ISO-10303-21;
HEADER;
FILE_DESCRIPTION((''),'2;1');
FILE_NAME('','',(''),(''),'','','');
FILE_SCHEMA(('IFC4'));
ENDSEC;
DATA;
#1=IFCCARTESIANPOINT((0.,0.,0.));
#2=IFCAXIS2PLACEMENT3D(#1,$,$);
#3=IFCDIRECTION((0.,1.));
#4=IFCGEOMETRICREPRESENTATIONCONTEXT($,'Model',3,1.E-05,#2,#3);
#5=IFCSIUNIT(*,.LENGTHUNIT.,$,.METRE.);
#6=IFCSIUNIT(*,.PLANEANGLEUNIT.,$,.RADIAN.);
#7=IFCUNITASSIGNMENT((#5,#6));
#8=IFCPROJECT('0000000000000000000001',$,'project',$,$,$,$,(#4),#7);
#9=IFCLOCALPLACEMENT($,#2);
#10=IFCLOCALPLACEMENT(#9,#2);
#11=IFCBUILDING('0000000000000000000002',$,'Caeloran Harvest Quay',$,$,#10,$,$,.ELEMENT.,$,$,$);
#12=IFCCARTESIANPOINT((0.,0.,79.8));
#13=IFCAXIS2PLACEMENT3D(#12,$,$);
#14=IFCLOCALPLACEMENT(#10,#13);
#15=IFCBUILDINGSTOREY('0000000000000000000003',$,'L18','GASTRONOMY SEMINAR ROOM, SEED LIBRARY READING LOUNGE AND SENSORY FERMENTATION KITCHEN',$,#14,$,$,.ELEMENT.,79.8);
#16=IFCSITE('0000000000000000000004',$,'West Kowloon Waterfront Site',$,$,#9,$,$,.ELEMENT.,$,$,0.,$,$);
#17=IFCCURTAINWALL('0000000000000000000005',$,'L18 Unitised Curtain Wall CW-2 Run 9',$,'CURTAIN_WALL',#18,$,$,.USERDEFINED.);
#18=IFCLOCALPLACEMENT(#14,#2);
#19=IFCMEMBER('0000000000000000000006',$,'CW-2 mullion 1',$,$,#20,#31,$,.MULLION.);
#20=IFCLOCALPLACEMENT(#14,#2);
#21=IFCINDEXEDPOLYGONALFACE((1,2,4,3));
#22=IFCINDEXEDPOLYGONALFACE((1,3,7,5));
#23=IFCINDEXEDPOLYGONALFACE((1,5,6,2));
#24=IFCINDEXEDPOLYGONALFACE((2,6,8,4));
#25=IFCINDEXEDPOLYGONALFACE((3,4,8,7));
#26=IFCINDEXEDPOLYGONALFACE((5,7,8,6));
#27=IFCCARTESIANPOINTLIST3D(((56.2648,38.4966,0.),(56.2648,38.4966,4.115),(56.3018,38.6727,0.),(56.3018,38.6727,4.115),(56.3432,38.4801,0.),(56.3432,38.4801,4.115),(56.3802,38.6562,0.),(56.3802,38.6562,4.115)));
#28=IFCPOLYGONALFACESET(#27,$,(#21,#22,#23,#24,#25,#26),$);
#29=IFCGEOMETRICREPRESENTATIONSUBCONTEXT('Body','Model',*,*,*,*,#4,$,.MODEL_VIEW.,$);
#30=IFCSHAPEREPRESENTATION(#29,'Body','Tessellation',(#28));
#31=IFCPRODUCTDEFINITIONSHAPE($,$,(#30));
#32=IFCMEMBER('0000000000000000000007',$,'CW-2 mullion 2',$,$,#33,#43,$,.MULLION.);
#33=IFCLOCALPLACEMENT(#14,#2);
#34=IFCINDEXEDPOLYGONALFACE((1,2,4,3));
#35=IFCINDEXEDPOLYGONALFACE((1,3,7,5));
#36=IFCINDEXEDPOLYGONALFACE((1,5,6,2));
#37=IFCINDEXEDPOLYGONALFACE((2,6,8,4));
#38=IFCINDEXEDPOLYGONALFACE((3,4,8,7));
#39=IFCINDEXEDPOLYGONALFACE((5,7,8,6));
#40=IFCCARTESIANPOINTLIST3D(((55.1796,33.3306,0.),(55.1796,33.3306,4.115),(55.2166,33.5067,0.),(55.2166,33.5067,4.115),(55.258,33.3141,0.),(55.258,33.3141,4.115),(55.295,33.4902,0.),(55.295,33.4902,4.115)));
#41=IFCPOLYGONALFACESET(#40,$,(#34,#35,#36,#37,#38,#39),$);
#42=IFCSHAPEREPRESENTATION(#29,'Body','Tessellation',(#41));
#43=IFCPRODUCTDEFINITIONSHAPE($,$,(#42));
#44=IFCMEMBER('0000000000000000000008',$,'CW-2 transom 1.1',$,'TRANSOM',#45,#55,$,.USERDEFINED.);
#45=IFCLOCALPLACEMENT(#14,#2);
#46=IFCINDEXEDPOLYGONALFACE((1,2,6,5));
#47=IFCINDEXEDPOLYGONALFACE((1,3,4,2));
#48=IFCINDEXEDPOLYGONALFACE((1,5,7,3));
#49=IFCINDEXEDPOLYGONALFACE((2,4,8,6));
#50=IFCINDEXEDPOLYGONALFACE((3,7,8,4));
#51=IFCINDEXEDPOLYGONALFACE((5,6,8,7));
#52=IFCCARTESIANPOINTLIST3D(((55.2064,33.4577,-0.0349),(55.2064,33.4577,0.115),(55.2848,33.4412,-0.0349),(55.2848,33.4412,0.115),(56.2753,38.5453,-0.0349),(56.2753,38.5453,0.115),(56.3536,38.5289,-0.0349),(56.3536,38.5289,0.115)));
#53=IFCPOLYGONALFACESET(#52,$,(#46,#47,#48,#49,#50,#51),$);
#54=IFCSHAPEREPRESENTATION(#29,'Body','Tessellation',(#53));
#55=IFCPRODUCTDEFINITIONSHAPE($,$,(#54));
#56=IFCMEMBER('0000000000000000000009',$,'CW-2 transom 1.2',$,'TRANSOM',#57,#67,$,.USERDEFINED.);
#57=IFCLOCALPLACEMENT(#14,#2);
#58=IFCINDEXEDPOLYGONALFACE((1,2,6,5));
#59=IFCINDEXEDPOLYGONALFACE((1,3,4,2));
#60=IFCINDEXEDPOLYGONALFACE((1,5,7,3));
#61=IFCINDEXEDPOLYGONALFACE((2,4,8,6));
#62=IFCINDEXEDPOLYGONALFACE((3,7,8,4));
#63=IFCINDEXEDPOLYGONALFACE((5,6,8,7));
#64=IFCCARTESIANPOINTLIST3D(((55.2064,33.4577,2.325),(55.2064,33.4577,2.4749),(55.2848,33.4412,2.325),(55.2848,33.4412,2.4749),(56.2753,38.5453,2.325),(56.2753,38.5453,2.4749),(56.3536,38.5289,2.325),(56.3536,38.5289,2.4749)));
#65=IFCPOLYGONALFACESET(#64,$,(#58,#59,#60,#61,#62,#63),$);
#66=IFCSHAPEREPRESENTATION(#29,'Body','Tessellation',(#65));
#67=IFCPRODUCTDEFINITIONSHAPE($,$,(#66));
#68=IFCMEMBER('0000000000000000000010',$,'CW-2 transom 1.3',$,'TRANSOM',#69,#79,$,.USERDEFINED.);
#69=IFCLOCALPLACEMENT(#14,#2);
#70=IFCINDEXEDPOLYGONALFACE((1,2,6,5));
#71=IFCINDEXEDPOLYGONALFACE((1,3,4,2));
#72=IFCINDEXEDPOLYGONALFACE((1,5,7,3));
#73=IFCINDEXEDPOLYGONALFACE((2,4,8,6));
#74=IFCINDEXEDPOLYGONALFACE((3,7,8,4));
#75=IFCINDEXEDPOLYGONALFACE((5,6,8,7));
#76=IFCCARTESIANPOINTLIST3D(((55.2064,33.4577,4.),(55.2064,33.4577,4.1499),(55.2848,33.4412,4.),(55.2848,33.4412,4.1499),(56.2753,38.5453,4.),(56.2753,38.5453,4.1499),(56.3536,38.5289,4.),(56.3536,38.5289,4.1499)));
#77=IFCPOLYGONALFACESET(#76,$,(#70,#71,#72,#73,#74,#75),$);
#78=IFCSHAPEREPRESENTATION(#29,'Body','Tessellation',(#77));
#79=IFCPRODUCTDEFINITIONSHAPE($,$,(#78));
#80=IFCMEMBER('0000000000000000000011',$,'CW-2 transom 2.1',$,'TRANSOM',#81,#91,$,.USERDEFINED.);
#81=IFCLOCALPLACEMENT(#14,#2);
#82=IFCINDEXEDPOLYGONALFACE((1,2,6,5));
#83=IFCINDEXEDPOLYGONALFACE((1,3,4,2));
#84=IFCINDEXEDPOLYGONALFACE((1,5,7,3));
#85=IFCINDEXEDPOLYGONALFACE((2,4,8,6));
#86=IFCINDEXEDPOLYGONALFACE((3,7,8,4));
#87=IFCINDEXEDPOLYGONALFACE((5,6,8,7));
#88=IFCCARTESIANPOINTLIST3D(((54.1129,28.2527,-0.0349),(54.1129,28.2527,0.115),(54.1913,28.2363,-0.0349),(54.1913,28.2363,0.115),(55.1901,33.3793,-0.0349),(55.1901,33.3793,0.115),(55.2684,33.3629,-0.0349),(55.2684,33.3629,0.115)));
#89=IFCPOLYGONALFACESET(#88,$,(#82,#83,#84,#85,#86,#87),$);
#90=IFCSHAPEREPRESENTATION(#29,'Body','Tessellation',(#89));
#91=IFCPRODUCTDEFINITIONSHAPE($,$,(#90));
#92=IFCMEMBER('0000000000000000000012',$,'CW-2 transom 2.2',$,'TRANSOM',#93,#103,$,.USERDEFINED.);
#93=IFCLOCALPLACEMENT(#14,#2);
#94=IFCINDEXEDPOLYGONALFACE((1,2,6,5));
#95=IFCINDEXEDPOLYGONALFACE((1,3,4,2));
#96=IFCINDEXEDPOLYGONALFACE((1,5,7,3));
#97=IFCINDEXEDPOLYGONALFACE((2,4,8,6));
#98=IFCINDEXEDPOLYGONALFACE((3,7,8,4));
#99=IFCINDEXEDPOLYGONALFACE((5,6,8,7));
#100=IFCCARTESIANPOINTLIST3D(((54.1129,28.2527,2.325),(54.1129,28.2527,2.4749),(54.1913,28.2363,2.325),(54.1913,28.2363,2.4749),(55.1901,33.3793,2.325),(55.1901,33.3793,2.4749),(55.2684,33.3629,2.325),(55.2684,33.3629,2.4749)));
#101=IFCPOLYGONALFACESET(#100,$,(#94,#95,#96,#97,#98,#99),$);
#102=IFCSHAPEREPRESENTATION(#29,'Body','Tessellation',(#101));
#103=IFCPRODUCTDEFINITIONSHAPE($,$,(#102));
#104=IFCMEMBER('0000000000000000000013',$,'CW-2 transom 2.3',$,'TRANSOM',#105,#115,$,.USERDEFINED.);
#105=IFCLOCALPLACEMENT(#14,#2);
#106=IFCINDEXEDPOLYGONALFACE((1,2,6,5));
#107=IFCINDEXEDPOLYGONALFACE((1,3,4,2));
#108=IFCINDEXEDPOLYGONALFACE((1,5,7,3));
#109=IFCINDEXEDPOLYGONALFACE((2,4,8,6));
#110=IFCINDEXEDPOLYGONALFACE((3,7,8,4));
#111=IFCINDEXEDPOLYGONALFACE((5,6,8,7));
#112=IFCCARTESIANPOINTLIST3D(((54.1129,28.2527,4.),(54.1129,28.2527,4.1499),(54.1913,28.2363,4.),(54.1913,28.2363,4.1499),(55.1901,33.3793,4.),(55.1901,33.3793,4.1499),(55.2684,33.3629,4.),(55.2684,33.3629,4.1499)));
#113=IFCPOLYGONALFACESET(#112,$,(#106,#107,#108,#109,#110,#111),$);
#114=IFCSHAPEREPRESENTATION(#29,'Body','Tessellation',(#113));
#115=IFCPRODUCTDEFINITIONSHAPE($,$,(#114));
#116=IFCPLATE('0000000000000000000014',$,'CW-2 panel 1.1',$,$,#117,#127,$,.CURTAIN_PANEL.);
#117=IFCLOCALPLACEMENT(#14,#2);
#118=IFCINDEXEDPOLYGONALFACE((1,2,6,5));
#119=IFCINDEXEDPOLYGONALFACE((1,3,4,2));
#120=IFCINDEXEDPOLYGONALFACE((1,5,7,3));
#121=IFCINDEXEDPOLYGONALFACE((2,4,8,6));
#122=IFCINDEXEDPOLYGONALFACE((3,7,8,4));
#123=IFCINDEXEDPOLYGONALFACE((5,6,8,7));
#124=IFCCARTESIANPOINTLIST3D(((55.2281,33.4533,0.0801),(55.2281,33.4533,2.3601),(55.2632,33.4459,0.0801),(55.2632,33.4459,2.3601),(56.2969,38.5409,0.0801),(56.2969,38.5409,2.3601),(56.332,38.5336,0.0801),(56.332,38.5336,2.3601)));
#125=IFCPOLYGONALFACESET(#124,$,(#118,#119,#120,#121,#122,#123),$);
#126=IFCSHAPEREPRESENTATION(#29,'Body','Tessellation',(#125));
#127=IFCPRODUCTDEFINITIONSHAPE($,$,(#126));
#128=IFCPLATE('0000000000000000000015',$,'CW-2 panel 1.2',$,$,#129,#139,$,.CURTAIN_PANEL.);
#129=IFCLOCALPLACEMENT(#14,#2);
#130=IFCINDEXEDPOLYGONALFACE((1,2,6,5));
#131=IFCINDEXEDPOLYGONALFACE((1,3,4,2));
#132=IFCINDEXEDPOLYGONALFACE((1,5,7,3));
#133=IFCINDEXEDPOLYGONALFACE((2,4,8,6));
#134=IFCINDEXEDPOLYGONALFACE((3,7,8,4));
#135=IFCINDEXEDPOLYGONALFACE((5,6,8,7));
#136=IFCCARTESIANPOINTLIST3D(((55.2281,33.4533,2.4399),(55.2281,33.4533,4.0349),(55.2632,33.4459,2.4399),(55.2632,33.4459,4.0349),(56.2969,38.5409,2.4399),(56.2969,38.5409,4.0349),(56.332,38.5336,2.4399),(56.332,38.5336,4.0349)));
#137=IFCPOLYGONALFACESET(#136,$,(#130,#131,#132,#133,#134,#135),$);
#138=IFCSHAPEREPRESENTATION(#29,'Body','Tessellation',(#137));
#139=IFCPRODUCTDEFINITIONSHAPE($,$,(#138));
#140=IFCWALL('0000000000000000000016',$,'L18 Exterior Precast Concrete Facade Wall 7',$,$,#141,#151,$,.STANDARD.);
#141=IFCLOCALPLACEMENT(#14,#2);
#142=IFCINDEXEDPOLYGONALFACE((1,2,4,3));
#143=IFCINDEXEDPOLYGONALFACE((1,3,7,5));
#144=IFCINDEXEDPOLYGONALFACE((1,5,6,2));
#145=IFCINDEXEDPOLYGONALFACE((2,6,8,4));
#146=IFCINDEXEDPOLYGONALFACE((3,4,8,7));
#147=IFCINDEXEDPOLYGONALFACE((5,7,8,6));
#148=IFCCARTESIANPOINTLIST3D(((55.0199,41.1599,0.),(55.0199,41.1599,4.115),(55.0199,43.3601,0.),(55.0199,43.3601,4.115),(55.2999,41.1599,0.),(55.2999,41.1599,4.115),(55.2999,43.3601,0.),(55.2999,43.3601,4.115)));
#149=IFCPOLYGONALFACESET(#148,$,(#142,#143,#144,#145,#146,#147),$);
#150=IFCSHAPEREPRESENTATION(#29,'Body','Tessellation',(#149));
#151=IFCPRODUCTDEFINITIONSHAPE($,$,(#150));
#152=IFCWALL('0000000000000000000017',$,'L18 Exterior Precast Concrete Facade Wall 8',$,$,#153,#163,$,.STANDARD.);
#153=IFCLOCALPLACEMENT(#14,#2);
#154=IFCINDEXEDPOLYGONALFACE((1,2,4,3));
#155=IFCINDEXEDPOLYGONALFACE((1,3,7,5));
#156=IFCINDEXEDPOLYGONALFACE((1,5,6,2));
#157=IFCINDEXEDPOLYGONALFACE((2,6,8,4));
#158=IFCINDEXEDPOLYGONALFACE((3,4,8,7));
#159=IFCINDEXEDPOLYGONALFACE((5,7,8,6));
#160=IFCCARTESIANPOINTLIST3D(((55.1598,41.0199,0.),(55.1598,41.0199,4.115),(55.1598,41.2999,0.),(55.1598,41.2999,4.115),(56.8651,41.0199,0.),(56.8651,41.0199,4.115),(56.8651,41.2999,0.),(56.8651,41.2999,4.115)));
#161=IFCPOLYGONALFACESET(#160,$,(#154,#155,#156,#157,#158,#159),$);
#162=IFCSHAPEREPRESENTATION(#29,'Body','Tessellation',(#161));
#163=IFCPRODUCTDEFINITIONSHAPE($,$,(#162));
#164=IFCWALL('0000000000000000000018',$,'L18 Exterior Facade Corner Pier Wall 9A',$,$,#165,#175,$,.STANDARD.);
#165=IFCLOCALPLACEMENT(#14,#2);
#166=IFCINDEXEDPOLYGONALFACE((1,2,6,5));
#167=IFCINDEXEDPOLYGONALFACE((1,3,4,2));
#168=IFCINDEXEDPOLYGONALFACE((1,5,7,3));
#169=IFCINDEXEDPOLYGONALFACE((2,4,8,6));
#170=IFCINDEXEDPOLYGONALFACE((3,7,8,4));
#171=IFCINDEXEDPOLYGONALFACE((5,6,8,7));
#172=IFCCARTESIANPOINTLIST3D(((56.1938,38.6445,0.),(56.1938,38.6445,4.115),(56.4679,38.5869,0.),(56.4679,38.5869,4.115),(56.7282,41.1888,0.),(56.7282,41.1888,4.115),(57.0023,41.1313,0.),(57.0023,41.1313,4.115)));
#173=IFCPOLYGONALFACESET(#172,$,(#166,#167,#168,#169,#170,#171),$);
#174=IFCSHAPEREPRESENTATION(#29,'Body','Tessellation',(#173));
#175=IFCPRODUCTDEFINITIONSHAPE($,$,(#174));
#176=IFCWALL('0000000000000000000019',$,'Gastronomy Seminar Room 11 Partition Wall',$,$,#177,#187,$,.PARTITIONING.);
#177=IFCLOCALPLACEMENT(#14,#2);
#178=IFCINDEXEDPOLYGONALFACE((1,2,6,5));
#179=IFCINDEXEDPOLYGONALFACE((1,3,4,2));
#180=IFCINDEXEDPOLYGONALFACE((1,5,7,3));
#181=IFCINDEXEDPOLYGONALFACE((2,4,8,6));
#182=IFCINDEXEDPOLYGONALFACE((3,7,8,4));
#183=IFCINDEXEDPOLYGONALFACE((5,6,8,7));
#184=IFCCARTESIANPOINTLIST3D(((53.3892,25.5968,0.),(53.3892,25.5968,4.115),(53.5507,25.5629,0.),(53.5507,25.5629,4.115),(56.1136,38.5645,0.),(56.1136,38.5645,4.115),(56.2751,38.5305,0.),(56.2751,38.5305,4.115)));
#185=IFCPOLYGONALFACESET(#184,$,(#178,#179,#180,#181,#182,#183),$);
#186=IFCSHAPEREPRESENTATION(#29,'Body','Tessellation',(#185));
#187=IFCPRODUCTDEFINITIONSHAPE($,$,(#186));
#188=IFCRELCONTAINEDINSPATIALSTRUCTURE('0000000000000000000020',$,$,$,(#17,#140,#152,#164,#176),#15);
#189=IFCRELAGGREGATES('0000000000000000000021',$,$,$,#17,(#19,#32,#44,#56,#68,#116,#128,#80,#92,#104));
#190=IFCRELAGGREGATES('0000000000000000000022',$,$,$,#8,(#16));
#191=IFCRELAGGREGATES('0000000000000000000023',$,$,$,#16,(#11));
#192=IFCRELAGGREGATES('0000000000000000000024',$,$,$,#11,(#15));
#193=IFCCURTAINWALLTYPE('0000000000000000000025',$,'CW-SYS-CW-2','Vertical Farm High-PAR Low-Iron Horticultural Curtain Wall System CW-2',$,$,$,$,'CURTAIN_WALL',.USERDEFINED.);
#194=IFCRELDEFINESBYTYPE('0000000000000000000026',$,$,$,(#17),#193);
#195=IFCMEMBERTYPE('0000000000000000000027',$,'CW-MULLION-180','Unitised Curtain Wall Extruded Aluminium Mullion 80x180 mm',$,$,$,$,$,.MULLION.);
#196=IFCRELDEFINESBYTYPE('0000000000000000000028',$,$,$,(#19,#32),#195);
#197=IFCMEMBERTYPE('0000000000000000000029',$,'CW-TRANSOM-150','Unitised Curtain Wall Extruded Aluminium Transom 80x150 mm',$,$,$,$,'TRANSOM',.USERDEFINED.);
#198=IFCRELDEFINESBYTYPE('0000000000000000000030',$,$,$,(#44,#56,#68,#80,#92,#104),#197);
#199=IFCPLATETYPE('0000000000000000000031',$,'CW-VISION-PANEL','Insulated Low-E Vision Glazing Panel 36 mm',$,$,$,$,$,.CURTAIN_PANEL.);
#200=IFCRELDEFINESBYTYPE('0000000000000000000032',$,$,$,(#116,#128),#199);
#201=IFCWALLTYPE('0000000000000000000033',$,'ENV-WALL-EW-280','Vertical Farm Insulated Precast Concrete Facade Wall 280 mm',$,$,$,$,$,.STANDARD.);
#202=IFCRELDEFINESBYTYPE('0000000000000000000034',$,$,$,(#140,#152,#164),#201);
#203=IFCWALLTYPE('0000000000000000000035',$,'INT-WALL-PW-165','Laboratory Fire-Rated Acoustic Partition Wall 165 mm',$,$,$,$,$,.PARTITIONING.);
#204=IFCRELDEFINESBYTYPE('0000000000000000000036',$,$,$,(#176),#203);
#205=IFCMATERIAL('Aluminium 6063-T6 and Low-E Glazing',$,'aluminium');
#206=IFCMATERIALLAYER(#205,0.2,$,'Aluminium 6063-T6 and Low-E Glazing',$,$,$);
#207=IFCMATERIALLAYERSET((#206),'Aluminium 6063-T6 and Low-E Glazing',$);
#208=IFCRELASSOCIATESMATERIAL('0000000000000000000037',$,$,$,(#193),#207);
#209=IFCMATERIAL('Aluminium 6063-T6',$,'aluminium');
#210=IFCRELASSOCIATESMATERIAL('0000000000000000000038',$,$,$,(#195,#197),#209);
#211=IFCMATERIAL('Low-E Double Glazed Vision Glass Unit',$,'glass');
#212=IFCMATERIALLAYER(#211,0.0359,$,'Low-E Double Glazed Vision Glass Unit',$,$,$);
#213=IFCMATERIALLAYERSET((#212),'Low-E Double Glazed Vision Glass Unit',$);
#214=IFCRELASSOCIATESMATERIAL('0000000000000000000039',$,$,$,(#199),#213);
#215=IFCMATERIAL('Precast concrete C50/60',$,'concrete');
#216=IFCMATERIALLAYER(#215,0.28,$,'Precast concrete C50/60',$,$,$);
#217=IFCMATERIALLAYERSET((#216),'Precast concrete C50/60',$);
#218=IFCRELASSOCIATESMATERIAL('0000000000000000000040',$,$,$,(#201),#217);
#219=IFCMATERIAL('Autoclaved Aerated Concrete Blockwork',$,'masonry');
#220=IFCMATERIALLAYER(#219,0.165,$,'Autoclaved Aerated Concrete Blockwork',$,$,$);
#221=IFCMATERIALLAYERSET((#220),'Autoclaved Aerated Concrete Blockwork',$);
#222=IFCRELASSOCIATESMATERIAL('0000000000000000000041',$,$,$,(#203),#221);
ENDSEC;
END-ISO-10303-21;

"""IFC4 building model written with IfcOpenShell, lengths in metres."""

from ifc_helpers import new_model, si_unit, direction, frame, frame_2d, origin, origin_2d, place, context, subcontext, project, spatial, rectangle, extrude, material, layer, layer_set, material_profile, profile_set, type_object, element, aggregate, save


model = new_model("IFC4")

# Units and contexts
model_context = context("Model", 3, precision=1e-05, world=origin(), true_north=direction((0.0, 1.0)))
body_context = subcontext(model_context, "Body", "Model", "MODEL_VIEW")
ifc_project = project(units=[si_unit("LENGTHUNIT", "METRE"), si_unit("PLANEANGLEUNIT", "RADIAN")], contexts=[model_context])

# Site, building, storey
site_placement = place(None, origin())
site = spatial("IfcSite", under=ifc_project, at=site_placement, Name="West Kowloon Waterfront Site", CompositionType="ELEMENT", RefElevation=0.0)
building_placement = place(site_placement, origin())
building = spatial("IfcBuilding", under=site, at=building_placement, Name="Caeloran Harvest Quay", CompositionType="ELEMENT")
storey_placement = place(building_placement, frame((0.0, 0.0, 79.8)))
storey = spatial("IfcBuildingStorey", under=building, at=storey_placement, Name="L18", Description="GASTRONOMY SEMINAR ROOM, SEED LIBRARY READING LOUNGE AND SENSORY FERMENTATION KITCHEN", CompositionType="ELEMENT", Elevation=79.8)

# Curtain wall, members, plates
ifc_material_1 = material(Name="Aluminium 6063-T6 and Low-E Glazing", Category="aluminium")
ifc_layer_1 = layer(ifc_material_1, 0.2, Name="Aluminium 6063-T6 and Low-E Glazing")
ifc_layer_set_1 = layer_set([ifc_layer_1], Name="Aluminium 6063-T6 and Low-E Glazing")
curtain_wall_type = type_object("IfcCurtainWallType", Name="CW-SYS-CW-2", Description="Vertical Farm High-PAR Low-Iron Horticultural Curtain Wall System CW-2", ElementType="CURTAIN_WALL", PredefinedType="USERDEFINED", material=ifc_layer_set_1)
curtain_wall_placement = place(storey_placement, origin())
curtain_wall = element("IfcCurtainWall", 1, at=curtain_wall_placement, inside=storey, type_object=curtain_wall_type, Name="L18 Unitised Curtain Wall CW-2 Run 9", ObjectType="CURTAIN_WALL", PredefinedType="USERDEFINED")
ifc_material_2 = material(Name="Aluminium 6063-T6", Category="aluminium")
ifc_material_profile_1 = material_profile(ifc_material_2, rectangle(XDim=0.0801, YDim=0.1799, at=origin_2d()), Name="CW-MULLION-180")
ifc_profile_set_1 = profile_set([ifc_material_profile_1], Name="Aluminium 6063-T6")
member_type_1 = type_object("IfcMemberType", Name="CW-MULLION-180", Description="Unitised Curtain Wall Extruded Aluminium Mullion 80x180 mm", PredefinedType="MULLION", material=ifc_profile_set_1)
member_1_placement = place(storey_placement, frame((56.3225, 38.5764, 0.0), z_axis=(0.0, 0.0, 1.0), x_axis=(0.97864, -0.205583, 0.0)))
member_1 = element("IfcMember", 2, at=member_1_placement, type_object=member_type_1, Name="CW-2 mullion 1", PredefinedType="MULLION", context=body_context, shape_type="SweptSolid", body=[
    extrude(rectangle(XDim=0.0801, YDim=0.1799, at=origin_2d()), origin(), (0.0, 0.0, 1.0), 4.115),
])
member_2_placement = place(storey_placement, frame((55.2373, 33.4104, 0.0), z_axis=(0.0, 0.0, 1.0), x_axis=(0.97864, -0.205583, 0.0)))
member_2 = element("IfcMember", 3, at=member_2_placement, type_object=member_type_1, Name="CW-2 mullion 2", PredefinedType="MULLION", context=body_context, shape_type="SweptSolid", body=[
    extrude(rectangle(XDim=0.0801, YDim=0.1799, at=origin_2d()), origin(), (0.0, 0.0, 1.0), 4.115),
])
ifc_material_profile_2 = material_profile(ifc_material_2, rectangle(XDim=0.0801, YDim=0.1499, at=origin_2d()), Name="CW-TRANSOM-150")
ifc_profile_set_2 = profile_set([ifc_material_profile_2], Name="Aluminium 6063-T6")
member_type_2 = type_object("IfcMemberType", Name="CW-TRANSOM-150", Description="Unitised Curtain Wall Extruded Aluminium Transom 80x150 mm", ElementType="TRANSOM", PredefinedType="USERDEFINED", material=ifc_profile_set_2)
member_3_placement = place(storey_placement, frame((56.3145, 38.5371, 0.04), z_axis=(-0.205599, -0.978636, 0.0), x_axis=(0.978636, -0.205599, 0.0)))
member_3 = element("IfcMember", 4, at=member_3_placement, type_object=member_type_2, Name="CW-2 transom 1.1", ObjectType="TRANSOM", PredefinedType="USERDEFINED", context=body_context, shape_type="SweptSolid", body=[
    extrude(rectangle(XDim=0.0801, YDim=0.1499, at=origin_2d()), origin(), (0.0, 0.0, 1.0), 5.1987),
])
member_4_placement = place(storey_placement, frame((56.3145, 38.5371, 2.3999), z_axis=(-0.205599, -0.978636, 0.0), x_axis=(0.978636, -0.205599, 0.0)))
member_4 = element("IfcMember", 5, at=member_4_placement, type_object=member_type_2, Name="CW-2 transom 1.2", ObjectType="TRANSOM", PredefinedType="USERDEFINED", context=body_context, shape_type="SweptSolid", body=[
    extrude(rectangle(XDim=0.0801, YDim=0.1499, at=origin_2d()), origin(), (0.0, 0.0, 1.0), 5.1987),
])
member_5_placement = place(storey_placement, frame((56.3145, 38.5371, 4.075), z_axis=(-0.205599, -0.978636, 0.0), x_axis=(0.978636, -0.205599, 0.0)))
member_5 = element("IfcMember", 6, at=member_5_placement, type_object=member_type_2, Name="CW-2 transom 1.3", ObjectType="TRANSOM", PredefinedType="USERDEFINED", context=body_context, shape_type="SweptSolid", body=[
    extrude(rectangle(XDim=0.0801, YDim=0.1499, at=origin_2d()), origin(), (0.0, 0.0, 1.0), 5.1987),
])
member_6_placement = place(storey_placement, frame((55.2292, 33.3711, 0.04), z_axis=(-0.205616, -0.978633, 0.0), x_axis=(0.978633, -0.205616, 0.0)))
member_6 = element("IfcMember", 7, at=member_6_placement, type_object=member_type_2, Name="CW-2 transom 2.1", ObjectType="TRANSOM", PredefinedType="USERDEFINED", context=body_context, shape_type="SweptSolid", body=[
    extrude(rectangle(XDim=0.0801, YDim=0.1499, at=origin_2d()), origin(), (0.0, 0.0, 1.0), 5.2385),
])
member_7_placement = place(storey_placement, frame((55.2292, 33.3711, 2.3999), z_axis=(-0.205616, -0.978633, 0.0), x_axis=(0.978633, -0.205616, 0.0)))
member_7 = element("IfcMember", 8, at=member_7_placement, type_object=member_type_2, Name="CW-2 transom 2.2", ObjectType="TRANSOM", PredefinedType="USERDEFINED", context=body_context, shape_type="SweptSolid", body=[
    extrude(rectangle(XDim=0.0801, YDim=0.1499, at=origin_2d()), origin(), (0.0, 0.0, 1.0), 5.2385),
])
member_8_placement = place(storey_placement, frame((55.2292, 33.3711, 4.075), z_axis=(-0.205616, -0.978633, 0.0), x_axis=(0.978633, -0.205616, 0.0)))
member_8 = element("IfcMember", 9, at=member_8_placement, type_object=member_type_2, Name="CW-2 transom 2.3", ObjectType="TRANSOM", PredefinedType="USERDEFINED", context=body_context, shape_type="SweptSolid", body=[
    extrude(rectangle(XDim=0.0801, YDim=0.1499, at=origin_2d()), origin(), (0.0, 0.0, 1.0), 5.2385),
])
ifc_material_3 = material(Name="Low-E Double Glazed Vision Glass Unit", Category="glass")
ifc_layer_2 = layer(ifc_material_3, 0.0359, Name="Low-E Double Glazed Vision Glass Unit")
ifc_layer_set_2 = layer_set([ifc_layer_2], Name="Low-E Double Glazed Vision Glass Unit")
plate_type = type_object("IfcPlateType", Name="CW-VISION-PANEL", Description="Insulated Low-E Vision Glazing Panel 36 mm", PredefinedType="CURTAIN_PANEL", material=ifc_layer_set_2)
plate_1_placement = place(storey_placement, frame((55.78, 35.9934, 0.0801), z_axis=(0.0, 0.0, 1.0), x_axis=(-0.205583, -0.97864, 0.0)))
plate_1 = element("IfcPlate", 10, at=plate_1_placement, type_object=plate_type, Name="CW-2 panel 1.1", PredefinedType="CURTAIN_PANEL", context=body_context, shape_type="SweptSolid", body=[
    extrude(rectangle(XDim=5.1987, YDim=0.0359, at=origin_2d()), origin(), (0.0, 0.0, 1.0), 2.28),
])
plate_2_placement = place(storey_placement, frame((55.78, 35.9934, 2.4399), z_axis=(0.0, 0.0, 1.0), x_axis=(-0.205583, -0.97864, 0.0)))
plate_2 = element("IfcPlate", 11, at=plate_2_placement, type_object=plate_type, Name="CW-2 panel 1.2", PredefinedType="CURTAIN_PANEL", context=body_context, shape_type="SweptSolid", body=[
    extrude(rectangle(XDim=5.1987, YDim=0.0359, at=origin_2d()), origin(), (0.0, 0.0, 1.0), 1.595),
])
aggregate(curtain_wall, [member_1, member_2, member_3, member_4, member_5, plate_1, plate_2, member_6, member_7, member_8])

# Walls
ifc_material_4 = material(Name="Precast concrete C50/60", Category="concrete")
ifc_layer_3 = layer(ifc_material_4, 0.28, Name="Precast concrete C50/60")
ifc_layer_set_3 = layer_set([ifc_layer_3], Name="Precast concrete C50/60")
wall_type_1 = type_object("IfcWallType", Name="ENV-WALL-EW-280", Description="Vertical Farm Insulated Precast Concrete Facade Wall 280 mm", PredefinedType="STANDARD", material=ifc_layer_set_3)
wall_1_placement = place(storey_placement, frame((55.1599, 43.3601, 0.0), z_axis=(0.0, 0.0, 1.0), x_axis=(0.0, -1.0, 0.0)))
element("IfcWall", 12, at=wall_1_placement, inside=storey, type_object=wall_type_1, Name="L18 Exterior Precast Concrete Facade Wall 7", PredefinedType="STANDARD", context=body_context, shape_type="SweptSolid", body=[
    extrude(rectangle(XDim=2.2002, YDim=0.28, at=frame_2d((1.1001, 0.0))), origin(), (0.0, 0.0, 1.0), 4.115),
])
wall_2_placement = place(storey_placement, frame((55.1599, 41.1599, 0.0), z_axis=(0.0, 0.0, 1.0), x_axis=(1.0, 0.0, 0.0)))
element("IfcWall", 13, at=wall_2_placement, inside=storey, type_object=wall_type_1, Name="L18 Exterior Precast Concrete Facade Wall 8", PredefinedType="STANDARD", context=body_context, shape_type="SweptSolid", body=[
    extrude(rectangle(XDim=1.7053, YDim=0.28, at=frame_2d((0.8525, 0.0))), origin(), (0.0, 0.0, 1.0), 4.115),
])
wall_3_placement = place(storey_placement, frame((56.8652, 41.1599, 0.0), z_axis=(0.0, 0.0, 1.0), x_axis=(-0.205551, -0.978646, 0.0)))
element("IfcWall", 14, at=wall_3_placement, inside=storey, type_object=wall_type_1, Name="L18 Exterior Facade Corner Pier Wall 9A", PredefinedType="STANDARD", context=body_context, shape_type="SweptSolid", body=[
    extrude(rectangle(XDim=2.5999, YDim=0.28, at=frame_2d((1.2998, 0.0))), origin(), (0.0, 0.0, 1.0), 4.115),
])
ifc_material_5 = material(Name="Autoclaved Aerated Concrete Blockwork", Category="masonry")
ifc_layer_4 = layer(ifc_material_5, 0.165, Name="Autoclaved Aerated Concrete Blockwork")
ifc_layer_set_4 = layer_set([ifc_layer_4], Name="Autoclaved Aerated Concrete Blockwork")
wall_type_2 = type_object("IfcWallType", Name="INT-WALL-PW-165", Description="Laboratory Fire-Rated Acoustic Partition Wall 165 mm", PredefinedType="PARTITIONING", material=ifc_layer_set_4)
wall_4_placement = place(storey_placement, frame((56.1943, 38.5476, 0.0), z_axis=(0.0, 0.0, 1.0), x_axis=(-0.205603, -0.978636, 0.0)))
element("IfcWall", 15, at=wall_4_placement, inside=storey, type_object=wall_type_2, Name="Gastronomy Seminar Room 11 Partition Wall", PredefinedType="PARTITIONING", context=body_context, shape_type="SweptSolid", body=[
    extrude(rectangle(XDim=13.2507, YDim=0.165, at=frame_2d((6.6255, 0.0))), origin(), (0.0, 0.0, 1.0), 4.115),
])

save(model, "model.ifc")
